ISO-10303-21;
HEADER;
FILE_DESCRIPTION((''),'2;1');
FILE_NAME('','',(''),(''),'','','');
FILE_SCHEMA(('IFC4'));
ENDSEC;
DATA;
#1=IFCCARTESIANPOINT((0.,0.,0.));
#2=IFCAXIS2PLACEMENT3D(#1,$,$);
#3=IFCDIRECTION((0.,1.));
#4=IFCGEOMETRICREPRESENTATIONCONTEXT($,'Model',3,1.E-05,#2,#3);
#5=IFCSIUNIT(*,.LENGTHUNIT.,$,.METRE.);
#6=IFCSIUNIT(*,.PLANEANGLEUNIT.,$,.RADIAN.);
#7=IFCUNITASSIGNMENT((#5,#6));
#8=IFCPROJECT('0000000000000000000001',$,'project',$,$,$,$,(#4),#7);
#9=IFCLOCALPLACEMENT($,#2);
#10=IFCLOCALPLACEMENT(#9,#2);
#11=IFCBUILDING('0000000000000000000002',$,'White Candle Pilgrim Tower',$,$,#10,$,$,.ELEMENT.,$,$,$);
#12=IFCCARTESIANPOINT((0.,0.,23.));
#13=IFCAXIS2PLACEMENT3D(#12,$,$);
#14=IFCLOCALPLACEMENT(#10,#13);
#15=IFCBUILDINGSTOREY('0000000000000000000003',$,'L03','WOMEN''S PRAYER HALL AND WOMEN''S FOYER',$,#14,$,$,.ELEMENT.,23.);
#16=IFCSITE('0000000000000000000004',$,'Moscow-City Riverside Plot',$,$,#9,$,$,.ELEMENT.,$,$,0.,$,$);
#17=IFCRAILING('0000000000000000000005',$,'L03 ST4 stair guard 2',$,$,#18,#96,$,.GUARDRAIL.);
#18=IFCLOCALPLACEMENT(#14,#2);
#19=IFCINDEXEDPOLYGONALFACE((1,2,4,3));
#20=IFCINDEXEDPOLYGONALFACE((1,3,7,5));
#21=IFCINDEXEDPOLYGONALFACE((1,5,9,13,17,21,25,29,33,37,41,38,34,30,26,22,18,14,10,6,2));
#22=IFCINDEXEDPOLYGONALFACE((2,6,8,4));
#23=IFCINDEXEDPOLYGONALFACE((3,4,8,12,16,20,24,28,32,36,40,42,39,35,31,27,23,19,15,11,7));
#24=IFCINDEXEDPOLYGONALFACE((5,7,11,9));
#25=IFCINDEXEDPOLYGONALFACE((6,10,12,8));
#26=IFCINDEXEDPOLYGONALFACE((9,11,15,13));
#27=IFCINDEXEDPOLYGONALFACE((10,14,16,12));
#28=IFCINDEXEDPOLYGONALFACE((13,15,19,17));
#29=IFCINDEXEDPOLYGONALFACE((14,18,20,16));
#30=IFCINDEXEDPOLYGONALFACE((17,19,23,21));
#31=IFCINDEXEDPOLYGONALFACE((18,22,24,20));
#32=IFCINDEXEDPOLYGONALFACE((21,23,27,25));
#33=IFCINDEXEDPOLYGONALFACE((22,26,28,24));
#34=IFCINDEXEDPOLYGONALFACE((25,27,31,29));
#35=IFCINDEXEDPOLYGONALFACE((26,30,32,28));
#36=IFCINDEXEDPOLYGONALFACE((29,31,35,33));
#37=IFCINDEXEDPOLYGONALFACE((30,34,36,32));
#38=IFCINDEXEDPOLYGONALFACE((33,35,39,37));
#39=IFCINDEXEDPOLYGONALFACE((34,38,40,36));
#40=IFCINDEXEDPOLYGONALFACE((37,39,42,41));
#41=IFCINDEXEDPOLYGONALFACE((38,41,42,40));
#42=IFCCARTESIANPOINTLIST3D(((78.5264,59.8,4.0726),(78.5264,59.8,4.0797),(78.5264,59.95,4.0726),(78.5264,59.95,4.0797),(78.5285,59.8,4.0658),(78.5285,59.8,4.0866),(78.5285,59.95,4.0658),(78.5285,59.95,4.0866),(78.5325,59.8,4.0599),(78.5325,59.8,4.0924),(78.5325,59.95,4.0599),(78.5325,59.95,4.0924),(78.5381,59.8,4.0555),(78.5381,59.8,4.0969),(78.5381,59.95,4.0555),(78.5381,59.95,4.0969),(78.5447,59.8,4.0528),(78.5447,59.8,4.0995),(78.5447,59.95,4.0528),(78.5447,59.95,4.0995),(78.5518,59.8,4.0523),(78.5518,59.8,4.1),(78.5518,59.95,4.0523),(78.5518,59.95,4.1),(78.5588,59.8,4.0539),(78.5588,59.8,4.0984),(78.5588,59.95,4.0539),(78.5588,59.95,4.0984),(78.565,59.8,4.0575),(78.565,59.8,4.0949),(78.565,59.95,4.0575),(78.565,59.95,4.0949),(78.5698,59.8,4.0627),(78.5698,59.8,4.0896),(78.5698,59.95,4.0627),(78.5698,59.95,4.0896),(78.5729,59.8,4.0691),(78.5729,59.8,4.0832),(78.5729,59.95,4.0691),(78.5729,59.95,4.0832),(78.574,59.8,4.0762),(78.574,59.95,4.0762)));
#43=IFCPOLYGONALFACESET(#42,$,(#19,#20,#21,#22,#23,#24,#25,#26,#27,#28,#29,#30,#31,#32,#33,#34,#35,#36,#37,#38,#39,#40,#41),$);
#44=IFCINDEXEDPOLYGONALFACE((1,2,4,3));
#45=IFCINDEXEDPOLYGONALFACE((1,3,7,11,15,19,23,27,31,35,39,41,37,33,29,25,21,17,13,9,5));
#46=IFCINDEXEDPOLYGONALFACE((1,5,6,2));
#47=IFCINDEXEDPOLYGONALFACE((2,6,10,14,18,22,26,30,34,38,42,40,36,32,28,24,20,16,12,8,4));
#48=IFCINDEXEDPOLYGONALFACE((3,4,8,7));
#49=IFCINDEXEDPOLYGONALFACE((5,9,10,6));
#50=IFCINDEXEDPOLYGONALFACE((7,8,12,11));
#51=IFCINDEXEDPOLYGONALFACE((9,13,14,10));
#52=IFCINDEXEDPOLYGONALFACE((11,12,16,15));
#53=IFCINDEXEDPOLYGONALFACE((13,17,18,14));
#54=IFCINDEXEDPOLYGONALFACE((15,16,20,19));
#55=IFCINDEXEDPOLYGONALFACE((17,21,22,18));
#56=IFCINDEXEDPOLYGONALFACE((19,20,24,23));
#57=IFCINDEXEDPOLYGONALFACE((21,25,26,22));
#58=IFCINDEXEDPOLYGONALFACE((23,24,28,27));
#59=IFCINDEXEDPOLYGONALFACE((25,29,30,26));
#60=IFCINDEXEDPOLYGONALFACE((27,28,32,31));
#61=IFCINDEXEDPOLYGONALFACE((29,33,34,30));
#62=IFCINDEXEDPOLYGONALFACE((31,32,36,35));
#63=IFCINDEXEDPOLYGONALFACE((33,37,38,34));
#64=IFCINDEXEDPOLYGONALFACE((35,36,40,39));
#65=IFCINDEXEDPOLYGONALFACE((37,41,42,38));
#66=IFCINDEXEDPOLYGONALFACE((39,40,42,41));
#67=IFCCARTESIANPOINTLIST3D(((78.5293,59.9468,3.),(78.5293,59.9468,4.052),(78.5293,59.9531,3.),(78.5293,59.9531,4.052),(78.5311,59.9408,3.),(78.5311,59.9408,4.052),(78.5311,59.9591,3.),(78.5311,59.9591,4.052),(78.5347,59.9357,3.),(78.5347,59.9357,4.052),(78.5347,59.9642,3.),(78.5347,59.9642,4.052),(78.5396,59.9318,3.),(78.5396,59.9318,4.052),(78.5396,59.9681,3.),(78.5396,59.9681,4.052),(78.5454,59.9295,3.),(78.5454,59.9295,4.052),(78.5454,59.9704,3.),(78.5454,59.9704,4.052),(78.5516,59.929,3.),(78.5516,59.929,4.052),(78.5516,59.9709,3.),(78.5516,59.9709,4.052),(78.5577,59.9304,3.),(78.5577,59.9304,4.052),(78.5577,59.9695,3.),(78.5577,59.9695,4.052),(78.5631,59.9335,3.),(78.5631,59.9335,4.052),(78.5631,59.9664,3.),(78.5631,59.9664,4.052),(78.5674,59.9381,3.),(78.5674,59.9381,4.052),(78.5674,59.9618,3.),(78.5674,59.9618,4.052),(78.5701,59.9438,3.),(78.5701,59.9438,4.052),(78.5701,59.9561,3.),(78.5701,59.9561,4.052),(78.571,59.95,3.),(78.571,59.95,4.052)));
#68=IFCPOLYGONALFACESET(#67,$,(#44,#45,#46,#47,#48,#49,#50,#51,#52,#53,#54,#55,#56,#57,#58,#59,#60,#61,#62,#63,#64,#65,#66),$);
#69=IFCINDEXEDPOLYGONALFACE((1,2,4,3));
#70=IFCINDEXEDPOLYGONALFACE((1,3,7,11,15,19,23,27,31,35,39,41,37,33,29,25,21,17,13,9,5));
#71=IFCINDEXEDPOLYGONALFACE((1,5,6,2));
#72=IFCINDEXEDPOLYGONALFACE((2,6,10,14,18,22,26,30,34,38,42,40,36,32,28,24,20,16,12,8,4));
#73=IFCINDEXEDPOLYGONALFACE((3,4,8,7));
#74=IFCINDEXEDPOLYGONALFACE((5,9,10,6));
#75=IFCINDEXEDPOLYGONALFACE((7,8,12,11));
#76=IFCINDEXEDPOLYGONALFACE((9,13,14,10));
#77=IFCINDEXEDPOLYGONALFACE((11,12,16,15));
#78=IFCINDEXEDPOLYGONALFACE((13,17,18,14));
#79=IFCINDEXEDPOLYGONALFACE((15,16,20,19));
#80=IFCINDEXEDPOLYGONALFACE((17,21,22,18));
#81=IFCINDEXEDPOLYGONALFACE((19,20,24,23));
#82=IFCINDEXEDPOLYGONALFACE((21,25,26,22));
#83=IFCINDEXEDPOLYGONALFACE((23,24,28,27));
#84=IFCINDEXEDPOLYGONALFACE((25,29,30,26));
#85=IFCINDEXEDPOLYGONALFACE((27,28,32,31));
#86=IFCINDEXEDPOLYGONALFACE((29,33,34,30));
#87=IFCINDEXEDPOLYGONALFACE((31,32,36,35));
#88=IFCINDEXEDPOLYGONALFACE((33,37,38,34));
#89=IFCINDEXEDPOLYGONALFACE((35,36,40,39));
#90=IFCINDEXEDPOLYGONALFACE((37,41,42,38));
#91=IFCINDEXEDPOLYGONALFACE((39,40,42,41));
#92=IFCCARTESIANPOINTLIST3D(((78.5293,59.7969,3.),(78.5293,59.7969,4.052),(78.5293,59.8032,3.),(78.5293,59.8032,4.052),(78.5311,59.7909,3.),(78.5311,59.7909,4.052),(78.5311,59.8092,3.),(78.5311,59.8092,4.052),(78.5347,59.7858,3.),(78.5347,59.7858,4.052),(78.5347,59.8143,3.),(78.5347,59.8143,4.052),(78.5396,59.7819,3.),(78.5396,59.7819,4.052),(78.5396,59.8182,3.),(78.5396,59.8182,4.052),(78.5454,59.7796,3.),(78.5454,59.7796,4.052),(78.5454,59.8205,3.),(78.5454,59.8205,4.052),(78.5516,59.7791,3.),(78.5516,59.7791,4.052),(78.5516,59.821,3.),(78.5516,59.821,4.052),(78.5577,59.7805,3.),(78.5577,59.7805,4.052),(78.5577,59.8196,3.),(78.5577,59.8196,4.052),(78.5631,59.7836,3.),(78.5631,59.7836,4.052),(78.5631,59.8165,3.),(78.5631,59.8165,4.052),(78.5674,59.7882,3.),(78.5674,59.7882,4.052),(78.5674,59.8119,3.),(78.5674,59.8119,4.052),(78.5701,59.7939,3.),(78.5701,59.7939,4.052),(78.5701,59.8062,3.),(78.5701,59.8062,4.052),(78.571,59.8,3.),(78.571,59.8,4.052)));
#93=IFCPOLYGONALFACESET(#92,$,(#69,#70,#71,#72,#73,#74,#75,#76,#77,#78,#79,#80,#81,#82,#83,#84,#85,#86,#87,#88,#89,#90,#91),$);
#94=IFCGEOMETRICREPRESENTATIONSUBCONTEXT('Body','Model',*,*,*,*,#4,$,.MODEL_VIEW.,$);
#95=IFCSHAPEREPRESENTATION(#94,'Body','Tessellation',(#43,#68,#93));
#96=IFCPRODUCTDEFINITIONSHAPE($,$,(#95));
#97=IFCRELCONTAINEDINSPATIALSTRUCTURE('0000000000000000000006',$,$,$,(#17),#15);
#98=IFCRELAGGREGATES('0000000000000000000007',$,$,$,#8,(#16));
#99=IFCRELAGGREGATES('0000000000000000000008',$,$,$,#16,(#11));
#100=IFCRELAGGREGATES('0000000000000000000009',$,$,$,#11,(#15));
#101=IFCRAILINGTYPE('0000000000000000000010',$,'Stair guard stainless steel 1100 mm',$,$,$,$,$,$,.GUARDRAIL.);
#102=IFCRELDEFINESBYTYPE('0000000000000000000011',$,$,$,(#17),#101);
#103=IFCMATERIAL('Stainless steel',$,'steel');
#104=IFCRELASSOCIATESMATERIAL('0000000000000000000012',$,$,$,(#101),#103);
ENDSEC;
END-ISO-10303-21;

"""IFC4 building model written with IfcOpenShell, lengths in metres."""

from ifc_helpers import new_model, si_unit, direction, frame, origin, origin_2d, place, context, subcontext, project, spatial, circle, extrude, material, type_object, element, save


model = new_model("IFC4")

# Units and contexts
model_context = context("Model", 3, precision=1e-05, world=origin(), true_north=direction((0.0, 1.0)))
body_context = subcontext(model_context, "Body", "Model", "MODEL_VIEW")
ifc_project = project(units=[si_unit("LENGTHUNIT", "METRE"), si_unit("PLANEANGLEUNIT", "RADIAN")], contexts=[model_context])

# Site, building, storey
site_placement = place(None, origin())
site = spatial("IfcSite", under=ifc_project, at=site_placement, Name="Moscow-City Riverside Plot", CompositionType="ELEMENT", RefElevation=0.0)
building_placement = place(site_placement, origin())
building = spatial("IfcBuilding", under=site, at=building_placement, Name="White Candle Pilgrim Tower", CompositionType="ELEMENT")
storey_placement = place(building_placement, frame((0.0, 0.0, 23.0)))
storey = spatial("IfcBuildingStorey", under=building, at=storey_placement, Name="L03", Description="WOMEN'S PRAYER HALL AND WOMEN'S FOYER", CompositionType="ELEMENT", Elevation=23.0)

# Railing
ifc_material_1 = material(Name="Stainless steel", Category="steel")
railing_type_1 = type_object("IfcRailingType", Name="Stair guard stainless steel 1100 mm", PredefinedType="GUARDRAIL", material=ifc_material_1)
railing_1_placement = place(storey_placement, frame((78.55, 59.95, 3.0)))
element("IfcRailing", 1, at=railing_1_placement, inside=storey, type_object=railing_type_1, Name="L03 ST4 stair guard 2", PredefinedType="GUARDRAIL", context=body_context, shape_type="SweptSolid", body=[
    extrude(circle(Radius=0.0239, at=origin_2d()), frame((0.0, 0.0, 1.0762), z_axis=(0.0, -1.0, 0.0), x_axis=(1.0, 0.0, 0.0)), (0.0, 0.0, 1.0), 0.1499),
    extrude(circle(Radius=0.021, at=origin_2d()), origin(), (0.0, 0.0, 1.0), 1.052),
    extrude(circle(Radius=0.021, at=origin_2d()), frame((0.0, -0.1499, 0.0)), (0.0, 0.0, 1.0), 1.052),
])

save(model, "model.ifc")
